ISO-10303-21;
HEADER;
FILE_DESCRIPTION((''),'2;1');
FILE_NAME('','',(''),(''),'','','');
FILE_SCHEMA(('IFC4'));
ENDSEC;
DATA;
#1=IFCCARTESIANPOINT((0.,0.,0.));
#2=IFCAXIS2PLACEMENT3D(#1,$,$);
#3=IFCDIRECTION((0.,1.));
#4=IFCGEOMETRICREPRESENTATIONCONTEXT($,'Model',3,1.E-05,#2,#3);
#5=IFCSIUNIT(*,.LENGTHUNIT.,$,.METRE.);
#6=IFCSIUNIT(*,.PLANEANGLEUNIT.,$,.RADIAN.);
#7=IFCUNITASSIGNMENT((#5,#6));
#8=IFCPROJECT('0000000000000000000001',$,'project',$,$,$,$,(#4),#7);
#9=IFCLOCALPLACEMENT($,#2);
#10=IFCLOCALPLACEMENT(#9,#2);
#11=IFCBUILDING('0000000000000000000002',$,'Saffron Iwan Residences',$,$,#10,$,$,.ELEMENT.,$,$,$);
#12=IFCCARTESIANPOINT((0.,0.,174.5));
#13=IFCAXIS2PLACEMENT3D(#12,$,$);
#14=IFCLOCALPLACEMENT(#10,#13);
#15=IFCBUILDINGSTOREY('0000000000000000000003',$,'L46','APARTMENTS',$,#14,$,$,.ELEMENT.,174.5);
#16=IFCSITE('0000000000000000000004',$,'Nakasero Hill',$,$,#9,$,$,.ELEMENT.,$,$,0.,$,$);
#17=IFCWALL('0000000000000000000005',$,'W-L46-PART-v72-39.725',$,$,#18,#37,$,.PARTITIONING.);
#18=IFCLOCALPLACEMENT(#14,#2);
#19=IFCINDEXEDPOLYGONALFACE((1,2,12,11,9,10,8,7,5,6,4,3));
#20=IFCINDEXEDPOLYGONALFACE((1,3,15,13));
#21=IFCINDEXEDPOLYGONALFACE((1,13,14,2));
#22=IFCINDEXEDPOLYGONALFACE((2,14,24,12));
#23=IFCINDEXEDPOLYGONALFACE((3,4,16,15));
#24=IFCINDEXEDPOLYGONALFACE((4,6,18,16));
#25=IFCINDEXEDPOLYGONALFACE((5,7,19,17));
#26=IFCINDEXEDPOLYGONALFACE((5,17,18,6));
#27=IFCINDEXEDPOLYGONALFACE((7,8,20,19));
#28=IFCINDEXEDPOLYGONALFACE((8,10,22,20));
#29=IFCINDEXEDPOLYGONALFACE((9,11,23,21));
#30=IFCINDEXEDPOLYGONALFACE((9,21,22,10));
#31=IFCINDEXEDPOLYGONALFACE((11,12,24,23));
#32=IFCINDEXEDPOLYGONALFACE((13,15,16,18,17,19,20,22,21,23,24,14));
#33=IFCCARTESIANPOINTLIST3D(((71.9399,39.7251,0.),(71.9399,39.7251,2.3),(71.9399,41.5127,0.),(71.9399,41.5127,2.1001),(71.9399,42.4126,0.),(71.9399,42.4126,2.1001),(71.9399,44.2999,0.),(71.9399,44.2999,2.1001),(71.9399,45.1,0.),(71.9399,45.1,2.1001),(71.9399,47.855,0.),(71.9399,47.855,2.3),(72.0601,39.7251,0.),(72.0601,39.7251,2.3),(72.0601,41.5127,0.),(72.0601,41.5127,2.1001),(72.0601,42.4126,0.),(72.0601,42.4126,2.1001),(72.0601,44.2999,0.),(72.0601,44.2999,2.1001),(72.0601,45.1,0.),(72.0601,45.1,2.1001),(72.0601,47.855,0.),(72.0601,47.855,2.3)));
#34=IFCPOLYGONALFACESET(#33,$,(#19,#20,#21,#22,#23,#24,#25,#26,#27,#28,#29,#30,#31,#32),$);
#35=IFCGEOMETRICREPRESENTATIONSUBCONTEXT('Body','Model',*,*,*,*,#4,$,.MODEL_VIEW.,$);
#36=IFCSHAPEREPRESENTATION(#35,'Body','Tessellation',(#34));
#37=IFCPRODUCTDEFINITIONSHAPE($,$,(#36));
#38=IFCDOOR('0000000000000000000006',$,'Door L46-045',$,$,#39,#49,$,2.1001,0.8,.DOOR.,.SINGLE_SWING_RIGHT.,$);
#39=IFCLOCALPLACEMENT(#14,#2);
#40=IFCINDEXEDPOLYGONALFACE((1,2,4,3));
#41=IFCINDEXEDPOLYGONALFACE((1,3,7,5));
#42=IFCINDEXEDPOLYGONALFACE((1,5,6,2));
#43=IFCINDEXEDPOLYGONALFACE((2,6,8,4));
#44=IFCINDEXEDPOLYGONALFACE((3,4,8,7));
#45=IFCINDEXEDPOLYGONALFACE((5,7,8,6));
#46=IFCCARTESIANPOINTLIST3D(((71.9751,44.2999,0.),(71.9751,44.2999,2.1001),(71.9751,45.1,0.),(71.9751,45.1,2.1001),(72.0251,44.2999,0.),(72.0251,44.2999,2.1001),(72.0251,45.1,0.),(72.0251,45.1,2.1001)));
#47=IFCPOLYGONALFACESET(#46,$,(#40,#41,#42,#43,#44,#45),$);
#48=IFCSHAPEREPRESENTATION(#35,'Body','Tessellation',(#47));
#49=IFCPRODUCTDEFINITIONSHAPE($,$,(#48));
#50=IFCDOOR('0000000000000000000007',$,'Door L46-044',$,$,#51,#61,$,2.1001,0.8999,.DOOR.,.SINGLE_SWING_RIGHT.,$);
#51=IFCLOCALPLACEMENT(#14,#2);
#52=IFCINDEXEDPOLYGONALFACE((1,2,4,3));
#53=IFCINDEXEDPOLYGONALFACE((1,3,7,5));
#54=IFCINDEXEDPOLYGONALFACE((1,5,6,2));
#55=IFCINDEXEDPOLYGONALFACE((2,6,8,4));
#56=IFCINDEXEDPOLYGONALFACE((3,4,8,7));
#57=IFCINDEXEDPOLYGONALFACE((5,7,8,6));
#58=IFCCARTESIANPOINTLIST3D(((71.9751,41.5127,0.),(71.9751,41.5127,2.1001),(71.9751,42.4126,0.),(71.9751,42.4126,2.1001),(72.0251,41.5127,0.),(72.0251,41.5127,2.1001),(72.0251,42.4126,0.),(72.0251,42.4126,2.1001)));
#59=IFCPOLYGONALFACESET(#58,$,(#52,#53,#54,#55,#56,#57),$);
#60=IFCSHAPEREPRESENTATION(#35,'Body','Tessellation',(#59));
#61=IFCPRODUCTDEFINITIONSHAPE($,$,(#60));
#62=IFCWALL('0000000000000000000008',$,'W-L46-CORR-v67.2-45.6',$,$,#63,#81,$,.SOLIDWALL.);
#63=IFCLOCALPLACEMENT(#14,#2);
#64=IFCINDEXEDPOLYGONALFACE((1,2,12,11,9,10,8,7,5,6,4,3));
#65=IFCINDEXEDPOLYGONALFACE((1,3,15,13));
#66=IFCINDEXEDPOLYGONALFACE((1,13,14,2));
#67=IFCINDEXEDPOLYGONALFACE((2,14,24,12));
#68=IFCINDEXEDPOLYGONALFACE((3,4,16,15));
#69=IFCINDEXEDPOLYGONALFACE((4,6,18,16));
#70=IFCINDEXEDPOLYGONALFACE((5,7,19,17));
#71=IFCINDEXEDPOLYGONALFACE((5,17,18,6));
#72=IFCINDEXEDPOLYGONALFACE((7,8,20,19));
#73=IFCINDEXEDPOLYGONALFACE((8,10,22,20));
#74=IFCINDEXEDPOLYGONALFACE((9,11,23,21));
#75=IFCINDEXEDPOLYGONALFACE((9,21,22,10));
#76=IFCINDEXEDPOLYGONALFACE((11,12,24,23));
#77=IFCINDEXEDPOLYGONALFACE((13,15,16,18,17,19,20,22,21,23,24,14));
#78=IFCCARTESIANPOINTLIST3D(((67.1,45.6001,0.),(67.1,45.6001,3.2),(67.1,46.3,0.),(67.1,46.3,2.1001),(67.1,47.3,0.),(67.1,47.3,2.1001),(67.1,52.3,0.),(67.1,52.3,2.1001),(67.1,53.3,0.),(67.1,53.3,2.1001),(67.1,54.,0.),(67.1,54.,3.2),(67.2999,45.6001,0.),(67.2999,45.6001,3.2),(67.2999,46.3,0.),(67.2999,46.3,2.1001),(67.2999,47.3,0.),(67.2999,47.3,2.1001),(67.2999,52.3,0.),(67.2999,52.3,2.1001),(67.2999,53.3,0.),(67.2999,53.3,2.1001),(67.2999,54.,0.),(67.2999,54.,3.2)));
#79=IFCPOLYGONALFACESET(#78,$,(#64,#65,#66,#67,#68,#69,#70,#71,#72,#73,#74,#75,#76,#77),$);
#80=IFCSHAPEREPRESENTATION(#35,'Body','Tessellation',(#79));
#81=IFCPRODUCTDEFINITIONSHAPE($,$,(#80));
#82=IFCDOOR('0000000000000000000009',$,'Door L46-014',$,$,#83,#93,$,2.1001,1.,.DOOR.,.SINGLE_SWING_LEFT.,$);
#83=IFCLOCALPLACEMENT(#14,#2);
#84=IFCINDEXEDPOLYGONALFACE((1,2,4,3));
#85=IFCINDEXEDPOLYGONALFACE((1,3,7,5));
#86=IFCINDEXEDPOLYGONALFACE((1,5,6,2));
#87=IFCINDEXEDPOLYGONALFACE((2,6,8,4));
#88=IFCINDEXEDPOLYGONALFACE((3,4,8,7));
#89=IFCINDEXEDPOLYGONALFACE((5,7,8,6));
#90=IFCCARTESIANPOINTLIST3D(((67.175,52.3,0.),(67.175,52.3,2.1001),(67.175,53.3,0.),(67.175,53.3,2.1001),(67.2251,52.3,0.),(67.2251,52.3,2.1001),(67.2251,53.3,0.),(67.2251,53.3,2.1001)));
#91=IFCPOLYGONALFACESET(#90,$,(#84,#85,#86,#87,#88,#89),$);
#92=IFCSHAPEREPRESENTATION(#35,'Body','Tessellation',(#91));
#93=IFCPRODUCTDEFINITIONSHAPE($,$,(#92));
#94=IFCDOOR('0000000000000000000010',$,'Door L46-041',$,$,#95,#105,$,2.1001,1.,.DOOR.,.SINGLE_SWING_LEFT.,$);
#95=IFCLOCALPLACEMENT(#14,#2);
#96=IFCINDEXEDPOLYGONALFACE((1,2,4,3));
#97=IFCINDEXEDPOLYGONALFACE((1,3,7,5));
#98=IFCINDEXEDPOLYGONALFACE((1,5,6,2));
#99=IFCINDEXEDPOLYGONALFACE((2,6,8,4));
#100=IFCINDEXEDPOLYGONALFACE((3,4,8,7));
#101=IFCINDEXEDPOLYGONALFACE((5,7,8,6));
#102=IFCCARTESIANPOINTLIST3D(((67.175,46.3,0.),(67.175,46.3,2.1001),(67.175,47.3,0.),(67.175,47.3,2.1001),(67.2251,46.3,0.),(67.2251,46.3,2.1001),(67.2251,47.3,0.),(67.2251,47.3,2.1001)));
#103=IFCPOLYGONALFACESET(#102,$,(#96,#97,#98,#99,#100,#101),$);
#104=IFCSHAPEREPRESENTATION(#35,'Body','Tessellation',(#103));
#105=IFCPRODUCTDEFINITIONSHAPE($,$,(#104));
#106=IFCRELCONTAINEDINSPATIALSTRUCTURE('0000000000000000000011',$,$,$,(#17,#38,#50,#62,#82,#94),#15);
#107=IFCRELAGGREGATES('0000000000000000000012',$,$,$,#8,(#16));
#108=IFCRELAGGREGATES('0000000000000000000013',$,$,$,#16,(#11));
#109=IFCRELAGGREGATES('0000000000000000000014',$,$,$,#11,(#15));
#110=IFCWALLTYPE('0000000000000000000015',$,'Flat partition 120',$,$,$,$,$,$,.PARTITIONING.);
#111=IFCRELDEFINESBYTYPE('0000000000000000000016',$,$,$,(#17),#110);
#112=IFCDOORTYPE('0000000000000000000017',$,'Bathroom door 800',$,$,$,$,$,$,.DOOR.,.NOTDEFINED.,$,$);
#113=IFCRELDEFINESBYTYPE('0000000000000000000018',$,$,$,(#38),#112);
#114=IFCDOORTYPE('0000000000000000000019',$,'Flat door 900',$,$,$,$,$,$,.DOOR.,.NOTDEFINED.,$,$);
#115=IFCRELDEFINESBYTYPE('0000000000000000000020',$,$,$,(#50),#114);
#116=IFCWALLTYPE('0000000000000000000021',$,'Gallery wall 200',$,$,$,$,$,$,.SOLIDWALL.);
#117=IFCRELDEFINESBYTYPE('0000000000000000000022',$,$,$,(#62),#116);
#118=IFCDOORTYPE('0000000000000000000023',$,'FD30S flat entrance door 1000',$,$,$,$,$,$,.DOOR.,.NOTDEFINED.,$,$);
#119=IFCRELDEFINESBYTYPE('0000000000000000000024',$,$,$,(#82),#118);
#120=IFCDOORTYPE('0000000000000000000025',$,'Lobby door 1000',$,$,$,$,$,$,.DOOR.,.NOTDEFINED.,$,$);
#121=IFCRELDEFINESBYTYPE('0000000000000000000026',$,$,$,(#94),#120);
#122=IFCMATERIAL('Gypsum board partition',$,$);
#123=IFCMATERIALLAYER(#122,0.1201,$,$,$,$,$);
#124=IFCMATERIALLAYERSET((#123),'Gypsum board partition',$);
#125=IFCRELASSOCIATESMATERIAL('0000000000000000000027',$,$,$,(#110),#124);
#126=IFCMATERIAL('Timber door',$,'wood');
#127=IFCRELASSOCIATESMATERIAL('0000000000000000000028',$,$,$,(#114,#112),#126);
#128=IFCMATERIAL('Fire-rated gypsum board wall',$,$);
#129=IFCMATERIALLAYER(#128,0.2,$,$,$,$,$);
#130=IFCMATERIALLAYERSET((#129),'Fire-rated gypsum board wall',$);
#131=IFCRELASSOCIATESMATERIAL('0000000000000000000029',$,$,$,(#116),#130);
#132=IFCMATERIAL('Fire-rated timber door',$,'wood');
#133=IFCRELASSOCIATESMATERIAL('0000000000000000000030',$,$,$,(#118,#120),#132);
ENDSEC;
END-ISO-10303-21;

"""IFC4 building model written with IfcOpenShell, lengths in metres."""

from ifc_helpers import new_model, si_unit, direction, frame, frame_2d, origin, place, context, subcontext, project, spatial, rectangle, extrude, material, layer, layer_set, type_object, element, fill, save


model = new_model("IFC4")

# Units and contexts
model_context = context("Model", 3, precision=1e-05, world=origin(), true_north=direction((0.0, 1.0)))
body_context = subcontext(model_context, "Body", "Model", "MODEL_VIEW")
ifc_project = project(units=[si_unit("LENGTHUNIT", "METRE"), si_unit("PLANEANGLEUNIT", "RADIAN")], contexts=[model_context])

# Site, building, storey
site_placement = place(None, origin())
site = spatial("IfcSite", under=ifc_project, at=site_placement, Name="Nakasero Hill", CompositionType="ELEMENT", RefElevation=0.0)
building_placement = place(site_placement, origin())
building = spatial("IfcBuilding", under=site, at=building_placement, Name="Saffron Iwan Residences", CompositionType="ELEMENT")
storey_placement = place(building_placement, frame((0.0, 0.0, 174.5)))
storey = spatial("IfcBuildingStorey", under=building, at=storey_placement, Name="L46", Description="APARTMENTS", CompositionType="ELEMENT", Elevation=174.5)

# Shared definitions
ifc_material_1 = material(Name="Fire-rated gypsum board wall")

# Shared definitions
ifc_material_2 = material(Name="Gypsum board partition")
ifc_layer_1 = layer(ifc_material_2, 0.1201)
ifc_layer_set_1 = layer_set([ifc_layer_1], Name="Gypsum board partition")
wall_type_1 = type_object("IfcWallType", Name="Flat partition 120", PredefinedType="PARTITIONING", material=ifc_layer_set_1)
ifc_material_3 = material(Name="Timber door", Category="wood")
door_type_1 = type_object("IfcDoorType", Name="Flat door 900", OperationType="NOTDEFINED", PredefinedType="DOOR", material=ifc_material_3)

# Walls, openings, doors
wall_1_placement = place(storey_placement, frame((72.0, 39.7251, 0.0), z_axis=(0.0, 0.0, 1.0), x_axis=(0.0, 1.0, 0.0)))
wall_1 = element("IfcWall", 1, at=wall_1_placement, inside=storey, type_object=wall_type_1, Name="W-L46-PART-v72-39.725", PredefinedType="PARTITIONING", context=body_context, shape_type="SweptSolid", body=[
    extrude(rectangle(XDim=8.1299, YDim=0.1201, at=frame_2d((4.0649, 0.0))), origin(), (0.0, 0.0, 1.0), 2.3),
])
opening_1_placement = place(wall_1_placement, frame((1.7876, 0.0, 0.0)))
opening_1 = element("IfcOpeningElement", 2, at=opening_1_placement, cuts=wall_1, PredefinedType="OPENING", context=body_context, shape_type="SweptSolid", body=[
    extrude(rectangle(XDim=0.8999, YDim=2.1001, at=frame_2d((0.45, 1.05))), frame((0.0, 0.0701, 0.0), z_axis=(0.0, -1.0, 0.0), x_axis=(1.0, 0.0, 0.0)), (0.0, 0.0, 1.0), 0.1401),
])
opening_2_placement = place(wall_1_placement, frame((4.575, 0.0, 0.0)))
opening_2 = element("IfcOpeningElement", 3, at=opening_2_placement, cuts=wall_1, PredefinedType="OPENING", context=body_context, shape_type="SweptSolid", body=[
    extrude(rectangle(XDim=0.8, YDim=2.1001, at=frame_2d((0.3999, 1.05))), frame((0.0, 0.0701, 0.0), z_axis=(0.0, -1.0, 0.0), x_axis=(1.0, 0.0, 0.0)), (0.0, 0.0, 1.0), 0.1401),
])
door_type_2 = type_object("IfcDoorType", Name="Bathroom door 800", OperationType="NOTDEFINED", PredefinedType="DOOR", material=ifc_material_3)
door_1_placement = place(opening_2_placement, origin())
door_1 = element("IfcDoor", 4, at=door_1_placement, inside=storey, type_object=door_type_2, Name="Door L46-045", OperationType="SINGLE_SWING_RIGHT", OverallHeight=2.1001, OverallWidth=0.8, PredefinedType="DOOR", context=body_context, shape_type="SweptSolid", body=[
    extrude(rectangle(XDim=0.8, YDim=2.1001, at=frame_2d((0.3999, 1.05))), frame((0.0, 0.0249, 0.0), z_axis=(0.0, -1.0, 0.0), x_axis=(1.0, 0.0, 0.0)), (0.0, 0.0, 1.0), 0.05),
])
fill(opening_2, door_1)
door_2_placement = place(opening_1_placement, origin())
door_2 = element("IfcDoor", 5, at=door_2_placement, inside=storey, type_object=door_type_1, Name="Door L46-044", OperationType="SINGLE_SWING_RIGHT", OverallHeight=2.1001, OverallWidth=0.8999, PredefinedType="DOOR", context=body_context, shape_type="SweptSolid", body=[
    extrude(rectangle(XDim=0.8999, YDim=2.1001, at=frame_2d((0.45, 1.05))), frame((0.0, 0.0249, 0.0), z_axis=(0.0, -1.0, 0.0), x_axis=(1.0, 0.0, 0.0)), (0.0, 0.0, 1.0), 0.05),
])
fill(opening_1, door_2)
ifc_layer_2 = layer(ifc_material_1, 0.2)
ifc_layer_set_2 = layer_set([ifc_layer_2], Name="Fire-rated gypsum board wall")
wall_type_2 = type_object("IfcWallType", Name="Gallery wall 200", PredefinedType="SOLIDWALL", material=ifc_layer_set_2)
wall_2_placement = place(storey_placement, frame((67.2, 45.6001, 0.0), z_axis=(0.0, 0.0, 1.0), x_axis=(0.0, 1.0, 0.0)))
wall_2 = element("IfcWall", 6, at=wall_2_placement, inside=storey, type_object=wall_type_2, Name="W-L46-CORR-v67.2-45.6", PredefinedType="SOLIDWALL", context=body_context, shape_type="SweptSolid", body=[
    extrude(rectangle(XDim=8.3999, YDim=0.2, at=frame_2d((4.2, 0.0))), origin(), (0.0, 0.0, 1.0), 3.2),
])
opening_3_placement = place(wall_2_placement, frame((6.7, 0.0, 0.0)))
opening_3 = element("IfcOpeningElement", 7, at=opening_3_placement, cuts=wall_2, PredefinedType="OPENING", context=body_context, shape_type="SweptSolid", body=[
    extrude(rectangle(XDim=1.0, YDim=2.1001, at=frame_2d((0.5, 1.05))), frame((0.0, 0.1099, 0.0), z_axis=(0.0, -1.0, 0.0), x_axis=(1.0, 0.0, 0.0)), (0.0, 0.0, 1.0), 0.22),
])
opening_4_placement = place(wall_2_placement, frame((0.7, 0.0, 0.0)))
opening_4 = element("IfcOpeningElement", 8, at=opening_4_placement, cuts=wall_2, PredefinedType="OPENING", context=body_context, shape_type="SweptSolid", body=[
    extrude(rectangle(XDim=1.0, YDim=2.1001, at=frame_2d((0.5, 1.05))), frame((0.0, 0.1099, 0.0), z_axis=(0.0, -1.0, 0.0), x_axis=(1.0, 0.0, 0.0)), (0.0, 0.0, 1.0), 0.22),
])
ifc_material_4 = material(Name="Fire-rated timber door", Category="wood")
door_type_3 = type_object("IfcDoorType", Name="FD30S flat entrance door 1000", OperationType="NOTDEFINED", PredefinedType="DOOR", material=ifc_material_4)
door_3_placement = place(opening_3_placement, origin())
door_3 = element("IfcDoor", 9, at=door_3_placement, inside=storey, type_object=door_type_3, Name="Door L46-014", OperationType="SINGLE_SWING_LEFT", OverallHeight=2.1001, OverallWidth=1.0, PredefinedType="DOOR", context=body_context, shape_type="SweptSolid", body=[
    extrude(rectangle(XDim=1.0, YDim=2.1001, at=frame_2d((0.5, 1.05))), frame((0.0, 0.0249, 0.0), z_axis=(0.0, -1.0, 0.0), x_axis=(1.0, 0.0, 0.0)), (0.0, 0.0, 1.0), 0.05),
])
fill(opening_3, door_3)
door_type_4 = type_object("IfcDoorType", Name="Lobby door 1000", OperationType="NOTDEFINED", PredefinedType="DOOR", material=ifc_material_4)
door_4_placement = place(opening_4_placement, origin())
door_4 = element("IfcDoor", 10, at=door_4_placement, inside=storey, type_object=door_type_4, Name="Door L46-041", OperationType="SINGLE_SWING_LEFT", OverallHeight=2.1001, OverallWidth=1.0, PredefinedType="DOOR", context=body_context, shape_type="SweptSolid", body=[
    extrude(rectangle(XDim=1.0, YDim=2.1001, at=frame_2d((0.5, 1.05))), frame((0.0, 0.0249, 0.0), z_axis=(0.0, -1.0, 0.0), x_axis=(1.0, 0.0, 0.0)), (0.0, 0.0, 1.0), 0.05),
])
fill(opening_4, door_4)

save(model, "model.ifc")
